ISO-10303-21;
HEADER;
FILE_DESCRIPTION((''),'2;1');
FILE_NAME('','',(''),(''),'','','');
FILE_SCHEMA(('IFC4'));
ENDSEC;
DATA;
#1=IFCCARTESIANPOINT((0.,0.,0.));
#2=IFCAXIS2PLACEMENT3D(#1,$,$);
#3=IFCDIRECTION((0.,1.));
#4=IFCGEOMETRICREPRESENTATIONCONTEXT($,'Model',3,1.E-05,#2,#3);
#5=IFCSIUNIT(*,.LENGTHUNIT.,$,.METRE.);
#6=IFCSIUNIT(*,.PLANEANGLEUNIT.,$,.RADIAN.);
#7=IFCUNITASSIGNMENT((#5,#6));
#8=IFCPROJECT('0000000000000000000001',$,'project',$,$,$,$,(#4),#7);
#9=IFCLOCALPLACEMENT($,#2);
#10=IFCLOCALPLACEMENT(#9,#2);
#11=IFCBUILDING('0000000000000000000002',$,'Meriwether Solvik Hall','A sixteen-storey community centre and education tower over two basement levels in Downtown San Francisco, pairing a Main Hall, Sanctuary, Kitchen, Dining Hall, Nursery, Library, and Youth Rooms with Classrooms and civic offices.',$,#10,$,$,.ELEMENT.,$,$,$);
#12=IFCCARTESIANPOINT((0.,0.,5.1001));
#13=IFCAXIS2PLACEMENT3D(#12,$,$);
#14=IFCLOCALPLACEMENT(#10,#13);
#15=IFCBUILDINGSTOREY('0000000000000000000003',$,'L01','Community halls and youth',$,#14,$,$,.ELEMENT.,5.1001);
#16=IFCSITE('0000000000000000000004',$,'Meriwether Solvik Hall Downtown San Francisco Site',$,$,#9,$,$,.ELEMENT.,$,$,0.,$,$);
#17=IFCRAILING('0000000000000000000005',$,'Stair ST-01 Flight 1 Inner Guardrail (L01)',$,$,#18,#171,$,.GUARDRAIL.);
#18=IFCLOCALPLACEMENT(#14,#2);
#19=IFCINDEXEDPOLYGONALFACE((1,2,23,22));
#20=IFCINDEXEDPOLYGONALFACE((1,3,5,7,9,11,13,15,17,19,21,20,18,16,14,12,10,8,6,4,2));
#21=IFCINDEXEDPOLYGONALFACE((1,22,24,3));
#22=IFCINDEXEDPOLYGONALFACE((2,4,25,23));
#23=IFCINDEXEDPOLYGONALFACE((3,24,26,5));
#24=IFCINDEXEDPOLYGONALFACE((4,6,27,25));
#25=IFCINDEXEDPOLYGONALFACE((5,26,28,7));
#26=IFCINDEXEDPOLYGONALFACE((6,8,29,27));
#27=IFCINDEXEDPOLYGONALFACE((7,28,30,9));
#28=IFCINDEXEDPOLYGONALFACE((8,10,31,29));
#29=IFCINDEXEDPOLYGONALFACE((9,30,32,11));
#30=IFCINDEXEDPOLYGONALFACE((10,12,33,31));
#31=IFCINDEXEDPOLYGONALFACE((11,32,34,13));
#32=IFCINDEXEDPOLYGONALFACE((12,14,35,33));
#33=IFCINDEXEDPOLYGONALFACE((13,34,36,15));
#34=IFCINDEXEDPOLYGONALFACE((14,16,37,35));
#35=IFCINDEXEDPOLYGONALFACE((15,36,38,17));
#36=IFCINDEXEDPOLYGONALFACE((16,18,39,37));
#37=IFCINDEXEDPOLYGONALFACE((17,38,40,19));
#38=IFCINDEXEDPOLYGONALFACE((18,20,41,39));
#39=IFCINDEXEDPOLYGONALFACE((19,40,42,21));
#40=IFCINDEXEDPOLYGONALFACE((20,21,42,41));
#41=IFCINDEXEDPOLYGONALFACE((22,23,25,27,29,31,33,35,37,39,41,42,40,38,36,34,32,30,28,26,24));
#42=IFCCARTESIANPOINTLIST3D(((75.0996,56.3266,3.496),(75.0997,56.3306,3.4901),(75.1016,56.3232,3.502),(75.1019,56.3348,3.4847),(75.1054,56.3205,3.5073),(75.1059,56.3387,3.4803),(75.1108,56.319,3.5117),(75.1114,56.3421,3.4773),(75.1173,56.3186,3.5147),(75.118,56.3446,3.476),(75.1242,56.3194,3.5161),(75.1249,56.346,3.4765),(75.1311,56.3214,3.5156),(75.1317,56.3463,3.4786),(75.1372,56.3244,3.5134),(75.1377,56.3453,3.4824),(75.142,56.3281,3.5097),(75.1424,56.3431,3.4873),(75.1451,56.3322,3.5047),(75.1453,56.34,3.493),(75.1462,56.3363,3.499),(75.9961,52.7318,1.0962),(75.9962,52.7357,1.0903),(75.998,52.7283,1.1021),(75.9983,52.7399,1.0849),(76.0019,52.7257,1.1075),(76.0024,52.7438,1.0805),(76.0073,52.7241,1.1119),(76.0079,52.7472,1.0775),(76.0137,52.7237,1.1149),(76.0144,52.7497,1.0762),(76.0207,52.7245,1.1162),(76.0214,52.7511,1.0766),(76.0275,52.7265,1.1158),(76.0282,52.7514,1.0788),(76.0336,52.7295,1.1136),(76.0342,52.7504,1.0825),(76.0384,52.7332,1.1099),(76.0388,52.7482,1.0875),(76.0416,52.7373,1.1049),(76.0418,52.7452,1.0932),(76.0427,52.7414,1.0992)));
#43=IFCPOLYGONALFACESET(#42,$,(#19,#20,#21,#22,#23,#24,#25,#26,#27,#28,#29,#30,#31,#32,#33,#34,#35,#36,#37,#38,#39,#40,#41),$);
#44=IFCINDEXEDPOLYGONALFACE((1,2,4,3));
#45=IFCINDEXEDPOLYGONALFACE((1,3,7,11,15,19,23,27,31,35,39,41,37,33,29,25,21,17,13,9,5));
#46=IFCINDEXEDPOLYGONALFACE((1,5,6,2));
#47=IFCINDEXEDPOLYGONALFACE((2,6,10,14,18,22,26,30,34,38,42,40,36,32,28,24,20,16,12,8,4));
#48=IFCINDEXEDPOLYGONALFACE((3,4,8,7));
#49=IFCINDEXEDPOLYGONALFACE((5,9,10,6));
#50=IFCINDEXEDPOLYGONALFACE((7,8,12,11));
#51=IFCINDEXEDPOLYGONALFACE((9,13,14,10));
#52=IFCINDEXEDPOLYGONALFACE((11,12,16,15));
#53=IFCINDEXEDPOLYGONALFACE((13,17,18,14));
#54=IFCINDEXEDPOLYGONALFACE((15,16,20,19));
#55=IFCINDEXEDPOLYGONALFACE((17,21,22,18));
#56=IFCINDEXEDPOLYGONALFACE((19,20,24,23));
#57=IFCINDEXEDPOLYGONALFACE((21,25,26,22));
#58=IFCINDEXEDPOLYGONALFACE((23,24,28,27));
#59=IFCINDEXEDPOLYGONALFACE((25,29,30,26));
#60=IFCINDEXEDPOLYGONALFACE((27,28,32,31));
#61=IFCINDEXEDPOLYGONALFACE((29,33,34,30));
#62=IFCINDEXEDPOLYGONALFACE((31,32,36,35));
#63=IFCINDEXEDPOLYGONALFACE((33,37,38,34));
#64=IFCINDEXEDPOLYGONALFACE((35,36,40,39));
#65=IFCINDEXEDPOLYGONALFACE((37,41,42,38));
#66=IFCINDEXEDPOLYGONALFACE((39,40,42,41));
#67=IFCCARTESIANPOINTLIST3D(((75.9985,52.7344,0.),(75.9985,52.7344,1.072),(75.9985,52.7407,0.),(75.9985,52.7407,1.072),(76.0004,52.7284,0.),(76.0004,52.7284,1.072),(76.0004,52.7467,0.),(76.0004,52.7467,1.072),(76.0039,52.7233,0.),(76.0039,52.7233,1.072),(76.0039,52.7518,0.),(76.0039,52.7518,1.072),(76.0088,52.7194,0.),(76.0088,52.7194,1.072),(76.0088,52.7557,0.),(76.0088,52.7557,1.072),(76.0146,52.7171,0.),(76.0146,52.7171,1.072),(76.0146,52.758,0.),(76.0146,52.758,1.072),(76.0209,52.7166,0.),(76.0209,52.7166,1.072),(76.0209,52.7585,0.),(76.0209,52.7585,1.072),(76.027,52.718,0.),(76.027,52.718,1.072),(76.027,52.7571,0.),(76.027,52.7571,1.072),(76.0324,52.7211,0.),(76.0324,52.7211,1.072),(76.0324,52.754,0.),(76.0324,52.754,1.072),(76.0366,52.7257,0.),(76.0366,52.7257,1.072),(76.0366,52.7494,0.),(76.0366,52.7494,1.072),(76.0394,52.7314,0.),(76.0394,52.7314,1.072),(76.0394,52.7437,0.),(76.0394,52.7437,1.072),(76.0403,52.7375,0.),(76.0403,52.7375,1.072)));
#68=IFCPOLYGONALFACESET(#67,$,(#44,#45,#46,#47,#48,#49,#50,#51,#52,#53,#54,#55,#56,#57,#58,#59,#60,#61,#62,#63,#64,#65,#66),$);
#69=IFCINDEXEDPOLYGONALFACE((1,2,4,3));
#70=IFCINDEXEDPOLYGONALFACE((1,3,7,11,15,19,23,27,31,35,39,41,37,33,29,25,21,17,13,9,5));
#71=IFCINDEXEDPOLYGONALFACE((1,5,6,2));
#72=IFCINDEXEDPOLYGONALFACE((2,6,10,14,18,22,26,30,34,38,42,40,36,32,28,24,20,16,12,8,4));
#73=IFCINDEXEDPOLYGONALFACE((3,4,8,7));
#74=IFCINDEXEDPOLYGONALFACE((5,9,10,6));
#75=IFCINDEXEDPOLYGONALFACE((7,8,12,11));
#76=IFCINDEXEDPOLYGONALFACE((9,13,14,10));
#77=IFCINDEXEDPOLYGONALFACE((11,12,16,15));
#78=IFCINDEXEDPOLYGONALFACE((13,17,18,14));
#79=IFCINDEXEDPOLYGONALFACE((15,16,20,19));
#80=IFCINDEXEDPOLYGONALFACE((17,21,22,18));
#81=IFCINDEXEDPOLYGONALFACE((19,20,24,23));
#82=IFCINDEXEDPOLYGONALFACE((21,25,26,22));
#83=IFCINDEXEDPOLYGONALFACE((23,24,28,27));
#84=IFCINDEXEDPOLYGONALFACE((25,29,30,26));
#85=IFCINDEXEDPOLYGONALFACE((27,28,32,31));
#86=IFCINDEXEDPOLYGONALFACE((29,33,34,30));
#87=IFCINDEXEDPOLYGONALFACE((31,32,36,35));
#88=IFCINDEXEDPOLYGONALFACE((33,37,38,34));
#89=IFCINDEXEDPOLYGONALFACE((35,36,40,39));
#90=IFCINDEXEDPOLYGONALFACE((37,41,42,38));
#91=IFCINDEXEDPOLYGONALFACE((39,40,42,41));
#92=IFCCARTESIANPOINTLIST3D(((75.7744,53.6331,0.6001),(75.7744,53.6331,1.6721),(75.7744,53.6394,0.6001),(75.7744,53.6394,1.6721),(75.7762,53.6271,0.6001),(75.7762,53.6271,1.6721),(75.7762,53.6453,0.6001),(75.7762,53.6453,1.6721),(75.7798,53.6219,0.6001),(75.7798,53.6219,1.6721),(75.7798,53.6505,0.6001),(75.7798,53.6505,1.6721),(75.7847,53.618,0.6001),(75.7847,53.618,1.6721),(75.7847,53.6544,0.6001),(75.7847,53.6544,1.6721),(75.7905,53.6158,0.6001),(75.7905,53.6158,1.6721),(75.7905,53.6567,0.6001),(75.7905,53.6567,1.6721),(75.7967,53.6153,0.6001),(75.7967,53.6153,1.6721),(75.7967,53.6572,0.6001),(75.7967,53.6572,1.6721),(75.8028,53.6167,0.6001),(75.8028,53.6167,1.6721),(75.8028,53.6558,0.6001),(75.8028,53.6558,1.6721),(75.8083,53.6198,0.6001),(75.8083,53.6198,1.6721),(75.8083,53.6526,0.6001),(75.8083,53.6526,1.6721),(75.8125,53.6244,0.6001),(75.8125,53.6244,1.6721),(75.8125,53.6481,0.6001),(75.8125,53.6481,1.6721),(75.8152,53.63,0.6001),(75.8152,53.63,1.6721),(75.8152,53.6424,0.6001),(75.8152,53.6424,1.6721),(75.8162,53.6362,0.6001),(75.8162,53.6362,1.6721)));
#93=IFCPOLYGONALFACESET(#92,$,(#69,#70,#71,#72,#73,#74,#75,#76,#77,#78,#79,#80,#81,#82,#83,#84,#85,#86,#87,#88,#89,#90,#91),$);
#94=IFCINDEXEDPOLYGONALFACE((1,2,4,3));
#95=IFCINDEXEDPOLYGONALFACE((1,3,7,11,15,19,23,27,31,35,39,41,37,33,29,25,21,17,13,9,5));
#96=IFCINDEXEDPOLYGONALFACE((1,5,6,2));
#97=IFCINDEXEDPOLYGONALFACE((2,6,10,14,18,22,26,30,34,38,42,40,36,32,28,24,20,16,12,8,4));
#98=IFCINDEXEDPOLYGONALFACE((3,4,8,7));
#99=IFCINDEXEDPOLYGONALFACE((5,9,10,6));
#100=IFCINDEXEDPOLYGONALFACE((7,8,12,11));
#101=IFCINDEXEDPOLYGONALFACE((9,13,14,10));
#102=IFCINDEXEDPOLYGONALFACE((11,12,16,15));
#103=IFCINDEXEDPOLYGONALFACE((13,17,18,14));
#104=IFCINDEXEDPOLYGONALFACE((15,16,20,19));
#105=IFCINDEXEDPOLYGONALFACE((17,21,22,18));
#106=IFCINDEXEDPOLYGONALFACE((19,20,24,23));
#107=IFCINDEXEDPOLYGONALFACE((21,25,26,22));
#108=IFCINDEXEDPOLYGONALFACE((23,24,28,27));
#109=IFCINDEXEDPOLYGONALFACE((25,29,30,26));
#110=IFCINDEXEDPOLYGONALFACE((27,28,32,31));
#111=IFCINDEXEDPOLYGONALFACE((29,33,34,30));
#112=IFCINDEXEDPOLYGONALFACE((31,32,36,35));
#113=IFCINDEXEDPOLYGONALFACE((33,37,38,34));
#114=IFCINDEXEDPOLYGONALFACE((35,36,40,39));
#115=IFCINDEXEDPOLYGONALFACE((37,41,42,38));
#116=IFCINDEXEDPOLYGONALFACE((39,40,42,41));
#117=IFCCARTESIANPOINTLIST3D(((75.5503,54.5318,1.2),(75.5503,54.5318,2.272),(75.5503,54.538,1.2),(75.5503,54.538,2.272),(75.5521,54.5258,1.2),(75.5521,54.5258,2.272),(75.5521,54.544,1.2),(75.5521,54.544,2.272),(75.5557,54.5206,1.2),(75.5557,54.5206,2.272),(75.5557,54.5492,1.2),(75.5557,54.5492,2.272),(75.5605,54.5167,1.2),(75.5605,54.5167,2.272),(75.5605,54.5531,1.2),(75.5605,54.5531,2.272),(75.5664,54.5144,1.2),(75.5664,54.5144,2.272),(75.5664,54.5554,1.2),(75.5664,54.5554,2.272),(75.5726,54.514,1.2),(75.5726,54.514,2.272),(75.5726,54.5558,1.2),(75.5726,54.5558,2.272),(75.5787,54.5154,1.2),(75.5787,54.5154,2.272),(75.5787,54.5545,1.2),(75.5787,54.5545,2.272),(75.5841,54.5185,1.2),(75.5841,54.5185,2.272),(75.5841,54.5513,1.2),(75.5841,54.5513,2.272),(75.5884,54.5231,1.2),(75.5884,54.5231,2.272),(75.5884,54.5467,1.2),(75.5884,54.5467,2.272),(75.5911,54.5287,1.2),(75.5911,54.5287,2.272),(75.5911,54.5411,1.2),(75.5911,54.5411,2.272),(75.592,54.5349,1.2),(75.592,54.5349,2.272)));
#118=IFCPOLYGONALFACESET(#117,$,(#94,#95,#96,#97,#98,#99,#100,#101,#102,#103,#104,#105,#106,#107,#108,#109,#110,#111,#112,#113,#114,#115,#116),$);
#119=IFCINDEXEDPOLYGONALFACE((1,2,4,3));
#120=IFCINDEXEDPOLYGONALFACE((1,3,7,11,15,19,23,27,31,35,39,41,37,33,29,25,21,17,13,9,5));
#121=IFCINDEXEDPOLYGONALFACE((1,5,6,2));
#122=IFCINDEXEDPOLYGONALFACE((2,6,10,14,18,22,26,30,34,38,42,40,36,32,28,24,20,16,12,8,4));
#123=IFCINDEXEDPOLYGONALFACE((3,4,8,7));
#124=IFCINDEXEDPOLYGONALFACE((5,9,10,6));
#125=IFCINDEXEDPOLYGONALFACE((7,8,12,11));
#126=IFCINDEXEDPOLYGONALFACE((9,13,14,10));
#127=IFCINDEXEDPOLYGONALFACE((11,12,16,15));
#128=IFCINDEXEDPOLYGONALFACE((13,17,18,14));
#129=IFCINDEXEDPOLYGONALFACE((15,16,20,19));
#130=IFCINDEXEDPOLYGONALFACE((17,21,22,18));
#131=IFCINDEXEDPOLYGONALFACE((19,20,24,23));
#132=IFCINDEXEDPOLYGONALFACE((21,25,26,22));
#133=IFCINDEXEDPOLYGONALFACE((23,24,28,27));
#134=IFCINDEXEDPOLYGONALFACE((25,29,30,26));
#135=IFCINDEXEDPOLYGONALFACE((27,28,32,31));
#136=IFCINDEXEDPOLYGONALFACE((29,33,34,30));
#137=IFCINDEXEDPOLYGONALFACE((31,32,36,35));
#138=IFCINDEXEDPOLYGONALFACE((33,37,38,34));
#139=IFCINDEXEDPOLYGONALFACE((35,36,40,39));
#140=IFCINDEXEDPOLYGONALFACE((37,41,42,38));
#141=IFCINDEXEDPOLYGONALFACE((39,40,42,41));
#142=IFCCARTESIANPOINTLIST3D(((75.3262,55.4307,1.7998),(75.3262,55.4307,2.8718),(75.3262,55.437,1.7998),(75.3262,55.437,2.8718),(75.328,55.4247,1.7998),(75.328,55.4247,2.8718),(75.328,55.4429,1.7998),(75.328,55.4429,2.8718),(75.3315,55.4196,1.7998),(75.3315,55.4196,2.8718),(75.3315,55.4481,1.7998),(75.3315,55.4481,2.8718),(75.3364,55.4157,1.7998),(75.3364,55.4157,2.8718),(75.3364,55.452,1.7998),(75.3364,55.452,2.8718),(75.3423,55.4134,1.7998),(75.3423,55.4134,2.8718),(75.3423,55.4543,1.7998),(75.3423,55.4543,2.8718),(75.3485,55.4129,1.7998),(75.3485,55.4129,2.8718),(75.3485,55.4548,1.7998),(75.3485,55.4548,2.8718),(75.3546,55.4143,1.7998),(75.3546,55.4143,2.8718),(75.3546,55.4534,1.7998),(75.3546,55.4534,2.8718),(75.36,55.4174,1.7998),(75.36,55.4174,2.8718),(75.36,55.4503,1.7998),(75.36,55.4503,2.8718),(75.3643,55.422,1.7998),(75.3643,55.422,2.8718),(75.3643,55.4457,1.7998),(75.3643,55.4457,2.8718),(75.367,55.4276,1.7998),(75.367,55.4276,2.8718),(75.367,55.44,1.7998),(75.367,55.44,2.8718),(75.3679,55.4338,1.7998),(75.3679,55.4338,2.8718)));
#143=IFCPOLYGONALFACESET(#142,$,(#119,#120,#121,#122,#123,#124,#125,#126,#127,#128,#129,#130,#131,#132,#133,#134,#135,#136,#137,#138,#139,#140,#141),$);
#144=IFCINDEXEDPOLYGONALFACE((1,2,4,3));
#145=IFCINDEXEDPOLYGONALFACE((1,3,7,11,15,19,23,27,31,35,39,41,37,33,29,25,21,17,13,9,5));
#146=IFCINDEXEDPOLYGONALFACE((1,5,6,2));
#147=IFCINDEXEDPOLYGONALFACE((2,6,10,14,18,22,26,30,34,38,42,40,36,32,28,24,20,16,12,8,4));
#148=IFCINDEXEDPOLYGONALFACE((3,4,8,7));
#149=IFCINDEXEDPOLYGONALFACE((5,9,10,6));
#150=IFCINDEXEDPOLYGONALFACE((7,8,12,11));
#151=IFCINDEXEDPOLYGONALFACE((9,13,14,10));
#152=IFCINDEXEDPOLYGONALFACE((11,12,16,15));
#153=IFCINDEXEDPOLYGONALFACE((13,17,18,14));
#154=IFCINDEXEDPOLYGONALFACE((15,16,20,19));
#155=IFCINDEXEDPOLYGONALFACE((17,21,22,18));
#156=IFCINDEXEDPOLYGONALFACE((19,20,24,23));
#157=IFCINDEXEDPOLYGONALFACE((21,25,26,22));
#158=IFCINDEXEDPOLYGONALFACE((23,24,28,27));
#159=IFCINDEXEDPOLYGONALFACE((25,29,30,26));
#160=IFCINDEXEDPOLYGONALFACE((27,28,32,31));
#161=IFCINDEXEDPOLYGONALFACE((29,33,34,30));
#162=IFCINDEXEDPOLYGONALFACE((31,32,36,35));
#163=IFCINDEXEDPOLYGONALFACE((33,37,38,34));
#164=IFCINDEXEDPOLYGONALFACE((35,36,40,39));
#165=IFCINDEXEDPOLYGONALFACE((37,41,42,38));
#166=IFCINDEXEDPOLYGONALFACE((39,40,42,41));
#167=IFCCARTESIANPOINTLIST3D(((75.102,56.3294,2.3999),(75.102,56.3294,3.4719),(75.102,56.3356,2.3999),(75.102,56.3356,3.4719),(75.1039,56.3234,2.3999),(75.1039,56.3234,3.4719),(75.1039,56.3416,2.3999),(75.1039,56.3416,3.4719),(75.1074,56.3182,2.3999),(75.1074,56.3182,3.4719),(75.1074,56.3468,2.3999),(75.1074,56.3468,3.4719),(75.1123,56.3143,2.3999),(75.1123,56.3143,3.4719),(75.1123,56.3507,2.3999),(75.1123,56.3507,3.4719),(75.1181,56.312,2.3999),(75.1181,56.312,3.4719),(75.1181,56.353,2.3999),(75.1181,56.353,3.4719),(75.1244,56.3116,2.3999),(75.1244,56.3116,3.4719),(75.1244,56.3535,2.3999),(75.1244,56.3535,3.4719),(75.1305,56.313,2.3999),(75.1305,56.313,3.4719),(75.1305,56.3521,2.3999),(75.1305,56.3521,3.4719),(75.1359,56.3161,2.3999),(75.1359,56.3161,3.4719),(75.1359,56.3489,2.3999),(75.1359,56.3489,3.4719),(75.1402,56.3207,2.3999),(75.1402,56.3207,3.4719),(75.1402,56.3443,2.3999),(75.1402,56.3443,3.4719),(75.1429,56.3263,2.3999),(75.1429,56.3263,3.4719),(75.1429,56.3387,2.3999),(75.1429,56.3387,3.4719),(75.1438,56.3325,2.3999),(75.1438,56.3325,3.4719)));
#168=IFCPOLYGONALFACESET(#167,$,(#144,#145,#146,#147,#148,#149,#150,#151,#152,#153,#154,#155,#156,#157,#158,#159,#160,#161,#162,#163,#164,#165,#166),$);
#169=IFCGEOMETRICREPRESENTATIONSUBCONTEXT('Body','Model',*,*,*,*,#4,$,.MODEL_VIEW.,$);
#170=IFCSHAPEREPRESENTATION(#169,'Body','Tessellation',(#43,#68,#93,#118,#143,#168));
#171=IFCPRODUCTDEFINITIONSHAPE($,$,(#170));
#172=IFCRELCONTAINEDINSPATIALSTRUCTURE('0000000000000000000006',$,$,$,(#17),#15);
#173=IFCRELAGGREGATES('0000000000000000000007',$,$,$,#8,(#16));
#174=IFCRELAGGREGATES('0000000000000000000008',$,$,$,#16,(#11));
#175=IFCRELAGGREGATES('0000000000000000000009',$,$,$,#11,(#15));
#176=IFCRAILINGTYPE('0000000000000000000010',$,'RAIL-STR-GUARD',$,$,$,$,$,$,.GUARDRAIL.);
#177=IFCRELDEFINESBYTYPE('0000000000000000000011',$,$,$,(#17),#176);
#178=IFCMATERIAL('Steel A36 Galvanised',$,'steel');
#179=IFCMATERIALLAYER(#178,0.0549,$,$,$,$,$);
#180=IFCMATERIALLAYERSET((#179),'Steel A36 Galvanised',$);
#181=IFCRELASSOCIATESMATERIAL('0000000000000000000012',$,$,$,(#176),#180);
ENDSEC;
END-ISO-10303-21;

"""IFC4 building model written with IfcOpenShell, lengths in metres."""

from ifc_helpers import new_model, si_unit, direction, frame, origin, origin_2d, place, context, subcontext, project, spatial, circle, extrude, material, layer, layer_set, type_object, element, save


model = new_model("IFC4")

# Units and contexts
model_context = context("Model", 3, precision=1e-05, world=origin(), true_north=direction((0.0, 1.0)))
body_context = subcontext(model_context, "Body", "Model", "MODEL_VIEW")
ifc_project = project(units=[si_unit("LENGTHUNIT", "METRE"), si_unit("PLANEANGLEUNIT", "RADIAN")], contexts=[model_context])

# Site, building, storey
site_placement = place(None, origin())
site = spatial("IfcSite", under=ifc_project, at=site_placement, Name="Meriwether Solvik Hall Downtown San Francisco Site", CompositionType="ELEMENT", RefElevation=0.0)
building_placement = place(site_placement, origin())
building = spatial("IfcBuilding", under=site, at=building_placement, Name="Meriwether Solvik Hall", Description="A sixteen-storey community centre and education tower over two basement levels in Downtown San Francisco, pairing a Main Hall, Sanctuary, Kitchen, Dining Hall, Nursery, Library, and Youth Rooms with Classrooms and civic offices.", CompositionType="ELEMENT")
storey_placement = place(building_placement, frame((0.0, 0.0, 5.1001)))
storey = spatial("IfcBuildingStorey", under=building, at=storey_placement, Name="L01", Description="Community halls and youth", CompositionType="ELEMENT", Elevation=5.1001)

# Railing
ifc_material_1 = material(Name="Steel A36 Galvanised", Category="steel")
ifc_layer_1 = layer(ifc_material_1, 0.0549)
ifc_layer_set_1 = layer_set([ifc_layer_1], Name="Steel A36 Galvanised")
railing_type = type_object("IfcRailingType", Name="RAIL-STR-GUARD", PredefinedType="GUARDRAIL", material=ifc_layer_set_1)
railing_1_placement = place(storey_placement, frame((76.0193, 52.7375, 0.0)))
element("IfcRailing", 1, at=railing_1_placement, inside=storey, type_object=railing_type, Name="Stair ST-01 Flight 1 Inner Guardrail (L01)", PredefinedType="GUARDRAIL", context=body_context, shape_type="SweptSolid", body=[
    extrude(circle(Radius=0.0239, at=origin_2d()), frame((0.0, 0.0, 1.0962), z_axis=(-0.203081, 0.814371, 0.543652), x_axis=(-0.970286, -0.241962, 0.0)), (0.0, 0.0, 1.0), 4.4143),
    extrude(circle(Radius=0.021, at=origin_2d()), origin(), (0.0, 0.0, 1.0), 1.072),
    extrude(circle(Radius=0.021, at=origin_2d()), frame((-0.2241, 0.8987, 0.6001)), (0.0, 0.0, 1.0), 1.072),
    extrude(circle(Radius=0.021, at=origin_2d()), frame((-0.4482, 1.7974, 1.2)), (0.0, 0.0, 1.0), 1.072),
    extrude(circle(Radius=0.021, at=origin_2d()), frame((-0.6724, 2.6963, 1.7998)), (0.0, 0.0, 1.0), 1.072),
    extrude(circle(Radius=0.021, at=origin_2d()), frame((-0.8965, 3.595, 2.3999)), (0.0, 0.0, 1.0), 1.072),
])

save(model, "model.ifc")
